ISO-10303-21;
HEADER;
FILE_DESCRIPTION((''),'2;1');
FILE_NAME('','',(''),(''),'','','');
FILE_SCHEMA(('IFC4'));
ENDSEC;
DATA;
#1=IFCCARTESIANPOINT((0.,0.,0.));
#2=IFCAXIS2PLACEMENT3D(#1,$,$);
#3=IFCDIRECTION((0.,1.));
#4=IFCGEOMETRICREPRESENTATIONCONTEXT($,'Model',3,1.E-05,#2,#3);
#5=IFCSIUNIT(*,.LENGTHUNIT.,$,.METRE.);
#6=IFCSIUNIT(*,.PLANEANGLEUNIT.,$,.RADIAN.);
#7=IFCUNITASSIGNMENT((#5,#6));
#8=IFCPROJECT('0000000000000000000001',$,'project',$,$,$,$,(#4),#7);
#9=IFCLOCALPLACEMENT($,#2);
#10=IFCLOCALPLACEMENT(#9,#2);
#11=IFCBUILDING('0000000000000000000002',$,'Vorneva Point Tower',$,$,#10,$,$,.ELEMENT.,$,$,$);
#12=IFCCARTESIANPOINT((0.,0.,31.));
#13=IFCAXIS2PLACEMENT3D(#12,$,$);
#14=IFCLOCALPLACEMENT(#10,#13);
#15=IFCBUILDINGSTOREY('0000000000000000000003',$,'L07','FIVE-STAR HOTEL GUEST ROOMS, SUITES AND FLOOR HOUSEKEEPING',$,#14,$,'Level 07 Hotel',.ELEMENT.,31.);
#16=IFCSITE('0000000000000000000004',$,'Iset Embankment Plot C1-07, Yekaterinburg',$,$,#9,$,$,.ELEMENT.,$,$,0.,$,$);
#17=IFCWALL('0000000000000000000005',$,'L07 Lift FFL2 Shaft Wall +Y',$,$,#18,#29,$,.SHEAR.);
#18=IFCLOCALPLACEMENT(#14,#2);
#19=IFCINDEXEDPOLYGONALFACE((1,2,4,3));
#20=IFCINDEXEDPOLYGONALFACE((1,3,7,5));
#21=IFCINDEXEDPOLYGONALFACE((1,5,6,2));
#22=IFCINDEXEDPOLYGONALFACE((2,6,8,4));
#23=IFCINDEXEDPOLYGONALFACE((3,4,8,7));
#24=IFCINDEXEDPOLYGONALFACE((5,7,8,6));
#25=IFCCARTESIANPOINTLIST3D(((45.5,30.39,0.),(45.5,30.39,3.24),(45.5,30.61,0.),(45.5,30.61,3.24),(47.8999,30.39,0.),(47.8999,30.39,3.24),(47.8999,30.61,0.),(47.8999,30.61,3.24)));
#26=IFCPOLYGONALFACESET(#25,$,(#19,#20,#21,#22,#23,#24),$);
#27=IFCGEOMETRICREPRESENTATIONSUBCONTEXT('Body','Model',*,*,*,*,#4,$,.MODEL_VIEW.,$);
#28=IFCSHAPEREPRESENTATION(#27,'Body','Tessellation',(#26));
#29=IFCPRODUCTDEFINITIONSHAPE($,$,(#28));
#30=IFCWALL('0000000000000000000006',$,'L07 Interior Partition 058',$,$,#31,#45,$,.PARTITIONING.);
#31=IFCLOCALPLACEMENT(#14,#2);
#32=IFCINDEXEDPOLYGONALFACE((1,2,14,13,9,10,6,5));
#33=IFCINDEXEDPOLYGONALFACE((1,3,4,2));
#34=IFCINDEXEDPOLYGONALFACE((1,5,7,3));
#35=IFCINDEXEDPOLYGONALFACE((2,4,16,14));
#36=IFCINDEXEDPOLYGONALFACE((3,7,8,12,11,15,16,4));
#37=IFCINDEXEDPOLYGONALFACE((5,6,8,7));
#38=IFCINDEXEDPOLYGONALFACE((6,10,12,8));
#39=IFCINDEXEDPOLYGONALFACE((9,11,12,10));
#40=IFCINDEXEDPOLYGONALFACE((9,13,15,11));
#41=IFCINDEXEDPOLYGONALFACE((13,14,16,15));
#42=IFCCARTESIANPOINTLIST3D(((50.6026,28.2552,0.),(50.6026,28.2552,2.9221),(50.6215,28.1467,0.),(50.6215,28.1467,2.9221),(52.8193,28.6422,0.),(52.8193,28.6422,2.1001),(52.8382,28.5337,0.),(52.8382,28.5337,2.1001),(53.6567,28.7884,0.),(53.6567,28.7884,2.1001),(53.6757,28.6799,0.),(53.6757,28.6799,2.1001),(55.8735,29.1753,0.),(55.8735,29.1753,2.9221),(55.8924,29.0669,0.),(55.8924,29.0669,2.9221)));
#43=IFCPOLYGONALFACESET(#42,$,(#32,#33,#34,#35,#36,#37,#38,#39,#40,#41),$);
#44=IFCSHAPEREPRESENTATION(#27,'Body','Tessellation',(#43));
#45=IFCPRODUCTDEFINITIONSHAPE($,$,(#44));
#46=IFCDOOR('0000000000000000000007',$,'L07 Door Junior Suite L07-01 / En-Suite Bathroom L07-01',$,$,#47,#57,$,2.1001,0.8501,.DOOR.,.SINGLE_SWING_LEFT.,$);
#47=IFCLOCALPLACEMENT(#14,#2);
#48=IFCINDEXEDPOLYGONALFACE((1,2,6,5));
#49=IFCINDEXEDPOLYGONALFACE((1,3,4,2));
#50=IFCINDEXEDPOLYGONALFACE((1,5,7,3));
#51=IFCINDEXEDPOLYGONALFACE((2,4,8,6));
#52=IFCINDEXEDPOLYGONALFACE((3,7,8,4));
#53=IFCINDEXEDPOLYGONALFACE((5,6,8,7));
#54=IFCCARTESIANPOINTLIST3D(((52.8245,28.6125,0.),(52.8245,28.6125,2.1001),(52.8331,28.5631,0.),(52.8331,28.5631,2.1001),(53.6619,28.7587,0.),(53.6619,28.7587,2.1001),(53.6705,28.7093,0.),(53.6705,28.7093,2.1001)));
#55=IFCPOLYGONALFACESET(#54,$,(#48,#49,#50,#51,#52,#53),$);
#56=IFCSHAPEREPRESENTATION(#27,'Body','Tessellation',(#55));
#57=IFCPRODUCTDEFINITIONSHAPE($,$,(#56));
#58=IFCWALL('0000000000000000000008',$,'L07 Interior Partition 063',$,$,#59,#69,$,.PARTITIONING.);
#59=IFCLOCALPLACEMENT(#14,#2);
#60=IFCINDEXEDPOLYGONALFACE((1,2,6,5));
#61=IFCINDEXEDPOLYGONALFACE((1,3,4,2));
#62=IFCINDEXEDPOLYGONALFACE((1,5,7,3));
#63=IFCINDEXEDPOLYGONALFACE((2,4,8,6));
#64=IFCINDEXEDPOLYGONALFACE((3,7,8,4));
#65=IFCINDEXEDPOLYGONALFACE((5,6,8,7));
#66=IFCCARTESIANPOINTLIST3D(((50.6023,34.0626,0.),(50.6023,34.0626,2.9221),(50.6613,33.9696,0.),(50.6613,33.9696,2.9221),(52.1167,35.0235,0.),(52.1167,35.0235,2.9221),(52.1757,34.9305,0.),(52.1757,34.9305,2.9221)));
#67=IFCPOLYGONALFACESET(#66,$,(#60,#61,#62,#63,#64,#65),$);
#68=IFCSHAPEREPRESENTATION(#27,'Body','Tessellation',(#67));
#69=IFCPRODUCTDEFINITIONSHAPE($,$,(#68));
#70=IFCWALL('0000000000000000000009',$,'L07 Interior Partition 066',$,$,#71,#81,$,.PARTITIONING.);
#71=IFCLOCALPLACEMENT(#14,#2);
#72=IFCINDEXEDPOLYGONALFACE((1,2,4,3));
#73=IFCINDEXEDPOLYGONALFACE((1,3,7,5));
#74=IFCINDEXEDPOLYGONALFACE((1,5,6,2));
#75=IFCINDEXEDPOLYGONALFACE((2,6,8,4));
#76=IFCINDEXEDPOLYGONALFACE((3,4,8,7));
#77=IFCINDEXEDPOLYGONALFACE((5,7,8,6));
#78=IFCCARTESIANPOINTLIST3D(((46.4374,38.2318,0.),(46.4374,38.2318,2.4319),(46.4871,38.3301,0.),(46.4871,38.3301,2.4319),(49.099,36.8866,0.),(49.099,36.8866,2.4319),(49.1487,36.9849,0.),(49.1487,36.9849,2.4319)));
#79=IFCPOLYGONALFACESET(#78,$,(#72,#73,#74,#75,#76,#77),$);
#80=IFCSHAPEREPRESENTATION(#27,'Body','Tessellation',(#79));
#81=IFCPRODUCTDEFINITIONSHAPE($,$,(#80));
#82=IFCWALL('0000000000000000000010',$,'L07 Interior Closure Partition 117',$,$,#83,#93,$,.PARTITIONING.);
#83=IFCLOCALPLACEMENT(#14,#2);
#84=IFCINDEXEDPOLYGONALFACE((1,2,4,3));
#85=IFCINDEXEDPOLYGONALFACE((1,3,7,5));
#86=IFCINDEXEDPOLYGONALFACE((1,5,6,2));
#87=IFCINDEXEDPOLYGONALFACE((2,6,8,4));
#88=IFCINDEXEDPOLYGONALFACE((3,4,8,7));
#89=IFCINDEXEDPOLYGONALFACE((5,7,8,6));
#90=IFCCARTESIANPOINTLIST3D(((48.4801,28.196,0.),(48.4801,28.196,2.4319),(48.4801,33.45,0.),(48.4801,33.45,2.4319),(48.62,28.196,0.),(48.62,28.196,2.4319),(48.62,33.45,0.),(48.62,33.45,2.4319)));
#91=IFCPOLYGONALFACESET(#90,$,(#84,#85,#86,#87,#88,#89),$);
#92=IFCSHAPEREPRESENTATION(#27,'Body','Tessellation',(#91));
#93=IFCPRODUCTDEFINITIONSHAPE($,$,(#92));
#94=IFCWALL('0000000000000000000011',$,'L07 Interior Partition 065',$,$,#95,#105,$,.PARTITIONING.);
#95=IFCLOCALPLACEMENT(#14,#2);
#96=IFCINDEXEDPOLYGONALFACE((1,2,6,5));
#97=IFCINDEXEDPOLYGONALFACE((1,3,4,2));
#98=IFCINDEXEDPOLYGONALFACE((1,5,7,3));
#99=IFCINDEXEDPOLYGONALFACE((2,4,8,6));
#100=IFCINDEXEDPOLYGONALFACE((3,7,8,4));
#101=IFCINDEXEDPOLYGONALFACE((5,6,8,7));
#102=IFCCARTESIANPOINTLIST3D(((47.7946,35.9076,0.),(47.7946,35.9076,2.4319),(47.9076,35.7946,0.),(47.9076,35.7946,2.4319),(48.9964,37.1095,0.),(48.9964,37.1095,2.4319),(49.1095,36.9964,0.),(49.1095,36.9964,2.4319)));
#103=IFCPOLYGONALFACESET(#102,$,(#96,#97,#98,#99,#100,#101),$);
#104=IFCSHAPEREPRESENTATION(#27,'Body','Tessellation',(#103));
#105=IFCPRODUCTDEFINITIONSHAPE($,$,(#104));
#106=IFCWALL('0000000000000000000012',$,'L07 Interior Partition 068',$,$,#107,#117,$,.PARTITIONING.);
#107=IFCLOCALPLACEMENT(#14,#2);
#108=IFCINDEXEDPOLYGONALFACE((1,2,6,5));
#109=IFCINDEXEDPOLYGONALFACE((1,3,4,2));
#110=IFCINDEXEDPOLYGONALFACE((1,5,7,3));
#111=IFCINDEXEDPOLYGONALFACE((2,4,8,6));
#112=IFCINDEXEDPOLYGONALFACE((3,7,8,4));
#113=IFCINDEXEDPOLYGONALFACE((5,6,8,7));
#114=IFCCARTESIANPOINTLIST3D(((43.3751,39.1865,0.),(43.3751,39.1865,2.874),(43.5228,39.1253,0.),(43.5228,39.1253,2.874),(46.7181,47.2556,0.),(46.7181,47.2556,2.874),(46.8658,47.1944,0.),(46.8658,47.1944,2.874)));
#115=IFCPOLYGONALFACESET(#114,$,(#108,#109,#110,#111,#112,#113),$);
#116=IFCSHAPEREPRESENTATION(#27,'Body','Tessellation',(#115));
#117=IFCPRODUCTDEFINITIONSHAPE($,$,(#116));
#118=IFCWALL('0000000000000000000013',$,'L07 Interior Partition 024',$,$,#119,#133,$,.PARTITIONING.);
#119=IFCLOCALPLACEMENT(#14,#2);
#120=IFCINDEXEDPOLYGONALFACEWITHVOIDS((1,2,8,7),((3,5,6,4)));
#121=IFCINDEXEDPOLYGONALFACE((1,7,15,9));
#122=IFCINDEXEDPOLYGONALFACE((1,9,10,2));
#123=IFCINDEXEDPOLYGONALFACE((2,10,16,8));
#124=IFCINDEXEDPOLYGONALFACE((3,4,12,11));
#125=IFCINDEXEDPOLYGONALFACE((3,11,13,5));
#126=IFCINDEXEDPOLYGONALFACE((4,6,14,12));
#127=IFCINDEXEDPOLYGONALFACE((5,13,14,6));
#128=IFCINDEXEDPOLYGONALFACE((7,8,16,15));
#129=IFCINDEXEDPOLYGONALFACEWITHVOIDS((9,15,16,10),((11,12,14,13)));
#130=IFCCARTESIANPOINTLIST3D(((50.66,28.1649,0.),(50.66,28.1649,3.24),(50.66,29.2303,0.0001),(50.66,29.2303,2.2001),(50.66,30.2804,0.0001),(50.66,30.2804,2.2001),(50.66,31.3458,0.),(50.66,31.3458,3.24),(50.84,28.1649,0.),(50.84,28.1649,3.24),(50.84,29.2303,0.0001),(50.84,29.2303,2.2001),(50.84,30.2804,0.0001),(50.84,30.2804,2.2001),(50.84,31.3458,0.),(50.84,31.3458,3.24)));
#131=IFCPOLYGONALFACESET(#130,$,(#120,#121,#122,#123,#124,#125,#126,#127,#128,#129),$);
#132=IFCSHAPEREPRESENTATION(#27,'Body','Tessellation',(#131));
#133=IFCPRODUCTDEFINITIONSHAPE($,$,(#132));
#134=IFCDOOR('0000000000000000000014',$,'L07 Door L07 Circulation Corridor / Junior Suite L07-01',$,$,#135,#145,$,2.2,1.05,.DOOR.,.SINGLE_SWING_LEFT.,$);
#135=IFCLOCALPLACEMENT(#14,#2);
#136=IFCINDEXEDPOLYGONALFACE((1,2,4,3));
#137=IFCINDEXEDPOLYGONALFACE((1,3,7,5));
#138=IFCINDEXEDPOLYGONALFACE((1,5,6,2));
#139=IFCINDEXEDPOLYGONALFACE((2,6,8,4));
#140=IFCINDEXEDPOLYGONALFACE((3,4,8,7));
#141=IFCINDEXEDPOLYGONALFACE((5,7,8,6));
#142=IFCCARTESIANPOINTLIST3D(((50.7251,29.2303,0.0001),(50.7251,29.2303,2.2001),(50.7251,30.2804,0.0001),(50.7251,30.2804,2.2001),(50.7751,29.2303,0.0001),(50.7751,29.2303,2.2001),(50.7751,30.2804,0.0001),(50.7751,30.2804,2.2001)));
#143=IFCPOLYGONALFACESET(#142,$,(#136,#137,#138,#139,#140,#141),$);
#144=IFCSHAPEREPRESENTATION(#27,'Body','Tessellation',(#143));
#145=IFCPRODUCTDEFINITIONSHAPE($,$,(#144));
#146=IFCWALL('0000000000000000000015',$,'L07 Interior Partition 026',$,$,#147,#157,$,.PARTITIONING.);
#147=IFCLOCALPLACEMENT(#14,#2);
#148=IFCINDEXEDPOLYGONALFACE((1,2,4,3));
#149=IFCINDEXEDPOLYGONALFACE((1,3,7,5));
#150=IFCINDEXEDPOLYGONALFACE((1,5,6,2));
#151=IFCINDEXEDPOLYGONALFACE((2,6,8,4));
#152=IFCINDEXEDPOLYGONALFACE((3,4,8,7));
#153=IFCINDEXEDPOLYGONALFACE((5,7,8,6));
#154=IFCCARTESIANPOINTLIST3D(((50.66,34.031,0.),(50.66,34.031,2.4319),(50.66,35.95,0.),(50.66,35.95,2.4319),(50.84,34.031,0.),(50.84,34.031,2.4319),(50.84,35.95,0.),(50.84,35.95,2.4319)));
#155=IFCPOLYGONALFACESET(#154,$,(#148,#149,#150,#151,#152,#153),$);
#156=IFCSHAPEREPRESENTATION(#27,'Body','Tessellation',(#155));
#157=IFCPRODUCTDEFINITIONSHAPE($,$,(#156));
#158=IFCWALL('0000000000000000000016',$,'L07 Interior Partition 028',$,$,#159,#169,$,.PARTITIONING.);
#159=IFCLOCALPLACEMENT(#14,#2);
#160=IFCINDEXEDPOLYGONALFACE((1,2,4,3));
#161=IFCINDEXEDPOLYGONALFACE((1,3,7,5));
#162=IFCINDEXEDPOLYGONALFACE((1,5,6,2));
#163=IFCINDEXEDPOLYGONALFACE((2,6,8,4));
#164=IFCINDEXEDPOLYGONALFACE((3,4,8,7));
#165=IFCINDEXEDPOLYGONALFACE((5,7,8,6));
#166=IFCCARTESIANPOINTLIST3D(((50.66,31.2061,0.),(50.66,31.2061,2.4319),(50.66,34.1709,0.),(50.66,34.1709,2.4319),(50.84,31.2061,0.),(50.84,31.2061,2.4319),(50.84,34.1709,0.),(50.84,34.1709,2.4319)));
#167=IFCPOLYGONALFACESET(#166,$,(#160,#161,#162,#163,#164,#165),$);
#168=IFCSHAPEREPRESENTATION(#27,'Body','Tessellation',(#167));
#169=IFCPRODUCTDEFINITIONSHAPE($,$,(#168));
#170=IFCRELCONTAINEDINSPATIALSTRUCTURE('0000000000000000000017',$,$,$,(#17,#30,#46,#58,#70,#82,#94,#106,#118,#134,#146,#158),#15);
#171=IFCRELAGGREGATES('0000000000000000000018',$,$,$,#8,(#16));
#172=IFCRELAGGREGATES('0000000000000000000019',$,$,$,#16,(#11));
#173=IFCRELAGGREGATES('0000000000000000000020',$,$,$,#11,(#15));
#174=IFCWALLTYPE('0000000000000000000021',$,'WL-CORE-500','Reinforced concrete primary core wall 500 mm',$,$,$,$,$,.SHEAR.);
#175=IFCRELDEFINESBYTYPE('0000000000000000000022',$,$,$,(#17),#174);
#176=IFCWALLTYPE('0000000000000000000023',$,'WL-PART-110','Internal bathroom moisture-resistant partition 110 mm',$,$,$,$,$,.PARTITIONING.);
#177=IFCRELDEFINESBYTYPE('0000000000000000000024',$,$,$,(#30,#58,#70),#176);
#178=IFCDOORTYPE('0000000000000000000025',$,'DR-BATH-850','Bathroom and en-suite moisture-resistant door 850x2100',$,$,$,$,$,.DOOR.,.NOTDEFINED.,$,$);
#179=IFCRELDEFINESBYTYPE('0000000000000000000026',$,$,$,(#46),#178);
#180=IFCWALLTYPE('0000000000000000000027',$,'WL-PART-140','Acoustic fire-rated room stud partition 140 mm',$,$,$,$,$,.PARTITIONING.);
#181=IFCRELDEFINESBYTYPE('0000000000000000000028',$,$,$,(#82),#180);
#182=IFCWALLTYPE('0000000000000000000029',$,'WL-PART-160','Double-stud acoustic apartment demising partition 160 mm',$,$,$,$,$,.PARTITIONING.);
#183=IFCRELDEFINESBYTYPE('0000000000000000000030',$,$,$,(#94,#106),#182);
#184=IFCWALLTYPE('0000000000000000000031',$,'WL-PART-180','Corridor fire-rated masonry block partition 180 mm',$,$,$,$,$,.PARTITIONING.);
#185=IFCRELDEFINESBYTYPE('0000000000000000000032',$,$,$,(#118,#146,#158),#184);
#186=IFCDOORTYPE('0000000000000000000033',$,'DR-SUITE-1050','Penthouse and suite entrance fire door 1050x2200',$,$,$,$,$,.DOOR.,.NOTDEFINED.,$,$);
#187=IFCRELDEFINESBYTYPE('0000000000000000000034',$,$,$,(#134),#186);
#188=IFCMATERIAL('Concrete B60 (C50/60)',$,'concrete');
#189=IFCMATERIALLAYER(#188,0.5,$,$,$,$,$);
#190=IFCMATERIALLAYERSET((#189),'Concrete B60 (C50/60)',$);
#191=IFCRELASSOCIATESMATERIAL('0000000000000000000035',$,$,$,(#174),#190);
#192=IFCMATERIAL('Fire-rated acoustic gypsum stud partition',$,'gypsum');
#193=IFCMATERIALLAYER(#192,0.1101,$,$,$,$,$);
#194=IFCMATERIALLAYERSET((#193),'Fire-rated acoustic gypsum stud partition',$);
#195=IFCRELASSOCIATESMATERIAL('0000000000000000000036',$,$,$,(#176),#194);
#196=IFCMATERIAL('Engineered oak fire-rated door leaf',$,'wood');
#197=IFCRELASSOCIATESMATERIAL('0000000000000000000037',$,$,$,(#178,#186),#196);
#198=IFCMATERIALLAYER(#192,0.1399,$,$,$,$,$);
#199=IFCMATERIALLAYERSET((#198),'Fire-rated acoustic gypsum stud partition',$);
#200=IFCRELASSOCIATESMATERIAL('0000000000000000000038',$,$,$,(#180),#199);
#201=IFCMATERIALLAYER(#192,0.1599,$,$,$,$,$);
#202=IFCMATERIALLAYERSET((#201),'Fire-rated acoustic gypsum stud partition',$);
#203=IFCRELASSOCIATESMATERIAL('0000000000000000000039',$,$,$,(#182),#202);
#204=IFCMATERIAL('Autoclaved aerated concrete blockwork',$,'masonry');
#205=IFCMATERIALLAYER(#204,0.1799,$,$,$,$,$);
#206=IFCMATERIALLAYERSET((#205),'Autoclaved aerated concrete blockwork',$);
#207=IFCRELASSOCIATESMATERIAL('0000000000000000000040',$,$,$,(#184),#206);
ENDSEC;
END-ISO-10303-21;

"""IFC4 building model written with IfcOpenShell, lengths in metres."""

from ifc_helpers import new_model, si_unit, direction, frame, frame_2d, origin, place, context, subcontext, project, spatial, rectangle, extrude, material, layer, layer_set, type_object, element, fill, save


model = new_model("IFC4")

# Units and contexts
model_context = context("Model", 3, precision=1e-05, world=origin(), true_north=direction((0.0, 1.0)))
body_context = subcontext(model_context, "Body", "Model", "MODEL_VIEW")
ifc_project = project(units=[si_unit("LENGTHUNIT", "METRE"), si_unit("PLANEANGLEUNIT", "RADIAN")], contexts=[model_context])

# Site, building, storey
site_placement = place(None, origin())
site = spatial("IfcSite", under=ifc_project, at=site_placement, Name="Iset Embankment Plot C1-07, Yekaterinburg", CompositionType="ELEMENT", RefElevation=0.0)
building_placement = place(site_placement, origin())
building = spatial("IfcBuilding", under=site, at=building_placement, Name="Vorneva Point Tower", CompositionType="ELEMENT")
storey_placement = place(building_placement, frame((0.0, 0.0, 31.0)))
storey = spatial("IfcBuildingStorey", under=building, at=storey_placement, Name="L07", Description="FIVE-STAR HOTEL GUEST ROOMS, SUITES AND FLOOR HOUSEKEEPING", LongName="Level 07 Hotel", CompositionType="ELEMENT", Elevation=31.0)

# Shared definitions
ifc_material_1 = material(Name="Concrete B60 (C50/60)", Category="concrete")

# Wall
ifc_layer_1 = layer(ifc_material_1, 0.5)
ifc_layer_set_1 = layer_set([ifc_layer_1], Name="Concrete B60 (C50/60)")
wall_type_1 = type_object("IfcWallType", Name="WL-CORE-500", Description="Reinforced concrete primary core wall 500 mm", PredefinedType="SHEAR", material=ifc_layer_set_1)
wall_1_placement = place(storey_placement, frame((47.8999, 30.5, 0.0), z_axis=(0.0, 0.0, 1.0), x_axis=(-1.0, 0.0, 0.0)))
element("IfcWall", 1, at=wall_1_placement, inside=storey, type_object=wall_type_1, Name="L07 Lift FFL2 Shaft Wall +Y", PredefinedType="SHEAR", context=body_context, shape_type="SweptSolid", body=[
    extrude(rectangle(XDim=2.3999, YDim=0.22, at=frame_2d((1.2, 0.0))), origin(), (0.0, 0.0, 1.0), 3.24),
])

# Wall, opening, door
ifc_material_2 = material(Name="Fire-rated acoustic gypsum stud partition", Category="gypsum")
ifc_layer_2 = layer(ifc_material_2, 0.1101)
ifc_layer_set_2 = layer_set([ifc_layer_2], Name="Fire-rated acoustic gypsum stud partition")
wall_type_2 = type_object("IfcWallType", Name="WL-PART-110", Description="Internal bathroom moisture-resistant partition 110 mm", PredefinedType="PARTITIONING", material=ifc_layer_set_2)
wall_2_placement = place(storey_placement, frame((50.6121, 28.2009, 0.0), z_axis=(0.0, 0.0, 1.0), x_axis=(0.985101, 0.171979, 0.0)))
wall_2 = element("IfcWall", 2, at=wall_2_placement, inside=storey, type_object=wall_type_2, Name="L07 Interior Partition 058", PredefinedType="PARTITIONING", context=body_context, shape_type="SweptSolid", body=[
    extrude(rectangle(XDim=5.3506, YDim=0.1101, at=frame_2d((2.6753, 0.0))), origin(), (0.0, 0.0, 1.0), 2.9221),
])
opening_1_placement = place(wall_2_placement, frame((2.2502, 0.0, 0.0)))
opening_1 = element("IfcOpeningElement", 3, at=opening_1_placement, cuts=wall_2, PredefinedType="OPENING", context=body_context, shape_type="SweptSolid", body=[
    extrude(rectangle(XDim=0.8501, YDim=2.1001, at=frame_2d((0.425, 1.05))), frame((0.0, 0.0698, 0.0), z_axis=(0.0, -1.0, 0.0), x_axis=(1.0, 0.0, 0.0)), (0.0, 0.0, 1.0), 0.1399),
])
ifc_material_3 = material(Name="Engineered oak fire-rated door leaf", Category="wood")
door_type_1 = type_object("IfcDoorType", Name="DR-BATH-850", Description="Bathroom and en-suite moisture-resistant door 850x2100", OperationType="NOTDEFINED", PredefinedType="DOOR", material=ifc_material_3)
door_1_placement = place(opening_1_placement, origin())
door_1 = element("IfcDoor", 4, at=door_1_placement, inside=storey, type_object=door_type_1, Name="L07 Door Junior Suite L07-01 / En-Suite Bathroom L07-01", OperationType="SINGLE_SWING_LEFT", OverallHeight=2.1001, OverallWidth=0.8501, PredefinedType="DOOR", context=body_context, shape_type="SweptSolid", body=[
    extrude(rectangle(XDim=0.8501, YDim=2.1001, at=frame_2d((0.425, 1.05))), frame((0.0, 0.0249, 0.0), z_axis=(0.0, -1.0, 0.0), x_axis=(1.0, 0.0, 0.0)), (0.0, 0.0, 1.0), 0.05),
])
fill(opening_1, door_1)

# Walls
wall_3_placement = place(storey_placement, frame((50.6318, 34.0161, 0.0), z_axis=(0.0, 0.0, 1.0), x_axis=(0.844361, 0.535774, 0.0)))
element("IfcWall", 5, at=wall_3_placement, inside=storey, type_object=wall_type_2, Name="L07 Interior Partition 063", PredefinedType="PARTITIONING", context=body_context, shape_type="SweptSolid", body=[
    extrude(rectangle(XDim=1.7935, YDim=0.1101, at=frame_2d((0.8967, 0.0))), origin(), (0.0, 0.0, 1.0), 2.9221),
])
wall_4_placement = place(storey_placement, frame((46.4622, 38.281, 0.0), z_axis=(0.0, 0.0, 1.0), x_axis=(0.892487, -0.451073, 0.0)))
element("IfcWall", 6, at=wall_4_placement, inside=storey, type_object=wall_type_2, Name="L07 Interior Partition 066", PredefinedType="PARTITIONING", context=body_context, shape_type="SweptSolid", body=[
    extrude(rectangle(XDim=2.9822, YDim=0.1101, at=frame_2d((1.4912, 0.0))), origin(), (0.0, 0.0, 1.0), 2.4319),
])
ifc_layer_3 = layer(ifc_material_2, 0.1399)
ifc_layer_set_3 = layer_set([ifc_layer_3], Name="Fire-rated acoustic gypsum stud partition")
wall_type_3 = type_object("IfcWallType", Name="WL-PART-140", Description="Acoustic fire-rated room stud partition 140 mm", PredefinedType="PARTITIONING", material=ifc_layer_set_3)
wall_5_placement = place(storey_placement, frame((48.55, 33.45, 0.0), z_axis=(0.0, 0.0, 1.0), x_axis=(0.0, -1.0, 0.0)))
element("IfcWall", 7, at=wall_5_placement, inside=storey, type_object=wall_type_3, Name="L07 Interior Closure Partition 117", PredefinedType="PARTITIONING", context=body_context, shape_type="SweptSolid", body=[
    extrude(rectangle(XDim=5.2539, YDim=0.1399, at=frame_2d((2.627, 0.0))), origin(), (0.0, 0.0, 1.0), 2.4319),
])
ifc_layer_4 = layer(ifc_material_2, 0.1599)
ifc_layer_set_4 = layer_set([ifc_layer_4], Name="Fire-rated acoustic gypsum stud partition")
wall_type_4 = type_object("IfcWallType", Name="WL-PART-160", Description="Double-stud acoustic apartment demising partition 160 mm", PredefinedType="PARTITIONING", material=ifc_layer_set_4)
wall_6_placement = place(storey_placement, frame((49.053, 37.053, 0.0), z_axis=(0.0, 0.0, 1.0), x_axis=(-0.707107, -0.707107, 0.0)))
element("IfcWall", 8, at=wall_6_placement, inside=storey, type_object=wall_type_4, Name="L07 Interior Partition 065", PredefinedType="PARTITIONING", context=body_context, shape_type="SweptSolid", body=[
    extrude(rectangle(XDim=1.6997, YDim=0.1599, at=frame_2d((0.8499, 0.0))), origin(), (0.0, 0.0, 1.0), 2.4319),
])
wall_7_placement = place(storey_placement, frame((46.792, 47.2251, 0.0), z_axis=(0.0, 0.0, 1.0), x_axis=(-0.382751, -0.923852, 0.0)))
element("IfcWall", 9, at=wall_7_placement, inside=storey, type_object=wall_type_4, Name="L07 Interior Partition 068", PredefinedType="PARTITIONING", context=body_context, shape_type="SweptSolid", body=[
    extrude(rectangle(XDim=8.7341, YDim=0.1599, at=frame_2d((4.3672, 0.0))), origin(), (0.0, 0.0, 1.0), 2.874),
])

# Wall, opening, door
ifc_material_4 = material(Name="Autoclaved aerated concrete blockwork", Category="masonry")
ifc_layer_5 = layer(ifc_material_4, 0.1799)
ifc_layer_set_5 = layer_set([ifc_layer_5], Name="Autoclaved aerated concrete blockwork")
wall_type_5 = type_object("IfcWallType", Name="WL-PART-180", Description="Corridor fire-rated masonry block partition 180 mm", PredefinedType="PARTITIONING", material=ifc_layer_set_5)
wall_8_placement = place(storey_placement, frame((50.75, 28.165, 0.0), z_axis=(0.0, 0.0, 1.0), x_axis=(0.0, 1.0, 0.0)))
wall_8 = element("IfcWall", 10, at=wall_8_placement, inside=storey, type_object=wall_type_5, Name="L07 Interior Partition 024", PredefinedType="PARTITIONING", context=body_context, shape_type="SweptSolid", body=[
    extrude(rectangle(XDim=3.1809, YDim=0.1799, at=frame_2d((1.5903, 0.0))), origin(), (0.0, 0.0, 1.0), 3.24),
])
opening_2_placement = place(wall_8_placement, frame((1.0654, 0.0, 0.0)))
opening_2 = element("IfcOpeningElement", 11, at=opening_2_placement, cuts=wall_8, PredefinedType="OPENING", context=body_context, shape_type="SweptSolid", body=[
    extrude(rectangle(XDim=1.05, YDim=2.2, at=frame_2d((0.5249, 1.1001))), frame((0.0, 0.105, 0.0), z_axis=(0.0, -1.0, 0.0), x_axis=(1.0, 0.0, 0.0)), (0.0, 0.0, 1.0), 0.2097),
])
door_type_2 = type_object("IfcDoorType", Name="DR-SUITE-1050", Description="Penthouse and suite entrance fire door 1050x2200", OperationType="NOTDEFINED", PredefinedType="DOOR", material=ifc_material_3)
door_2_placement = place(opening_2_placement, origin())
door_2 = element("IfcDoor", 12, at=door_2_placement, inside=storey, type_object=door_type_2, Name="L07 Door L07 Circulation Corridor / Junior Suite L07-01", OperationType="SINGLE_SWING_LEFT", OverallHeight=2.2, OverallWidth=1.05, PredefinedType="DOOR", context=body_context, shape_type="SweptSolid", body=[
    extrude(rectangle(XDim=1.05, YDim=2.2, at=frame_2d((0.5249, 1.1001))), frame((0.0, 0.0249, 0.0), z_axis=(0.0, -1.0, 0.0), x_axis=(1.0, 0.0, 0.0)), (0.0, 0.0, 1.0), 0.05),
])
fill(opening_2, door_2)

# Walls
wall_9_placement = place(storey_placement, frame((50.75, 34.031, 0.0), z_axis=(0.0, 0.0, 1.0), x_axis=(0.0, 1.0, 0.0)))
element("IfcWall", 13, at=wall_9_placement, inside=storey, type_object=wall_type_5, Name="L07 Interior Partition 026", PredefinedType="PARTITIONING", context=body_context, shape_type="SweptSolid", body=[
    extrude(rectangle(XDim=1.9189, YDim=0.1799, at=frame_2d((0.9595, 0.0))), origin(), (0.0, 0.0, 1.0), 2.4319),
])
wall_10_placement = place(storey_placement, frame((50.75, 31.2061, 0.0), z_axis=(0.0, 0.0, 1.0), x_axis=(0.0, 1.0, 0.0)))
element("IfcWall", 14, at=wall_10_placement, inside=storey, type_object=wall_type_5, Name="L07 Interior Partition 028", PredefinedType="PARTITIONING", context=body_context, shape_type="SweptSolid", body=[
    extrude(rectangle(XDim=2.9648, YDim=0.1799, at=frame_2d((1.4824, 0.0))), origin(), (0.0, 0.0, 1.0), 2.4319),
])

save(model, "model.ifc")
